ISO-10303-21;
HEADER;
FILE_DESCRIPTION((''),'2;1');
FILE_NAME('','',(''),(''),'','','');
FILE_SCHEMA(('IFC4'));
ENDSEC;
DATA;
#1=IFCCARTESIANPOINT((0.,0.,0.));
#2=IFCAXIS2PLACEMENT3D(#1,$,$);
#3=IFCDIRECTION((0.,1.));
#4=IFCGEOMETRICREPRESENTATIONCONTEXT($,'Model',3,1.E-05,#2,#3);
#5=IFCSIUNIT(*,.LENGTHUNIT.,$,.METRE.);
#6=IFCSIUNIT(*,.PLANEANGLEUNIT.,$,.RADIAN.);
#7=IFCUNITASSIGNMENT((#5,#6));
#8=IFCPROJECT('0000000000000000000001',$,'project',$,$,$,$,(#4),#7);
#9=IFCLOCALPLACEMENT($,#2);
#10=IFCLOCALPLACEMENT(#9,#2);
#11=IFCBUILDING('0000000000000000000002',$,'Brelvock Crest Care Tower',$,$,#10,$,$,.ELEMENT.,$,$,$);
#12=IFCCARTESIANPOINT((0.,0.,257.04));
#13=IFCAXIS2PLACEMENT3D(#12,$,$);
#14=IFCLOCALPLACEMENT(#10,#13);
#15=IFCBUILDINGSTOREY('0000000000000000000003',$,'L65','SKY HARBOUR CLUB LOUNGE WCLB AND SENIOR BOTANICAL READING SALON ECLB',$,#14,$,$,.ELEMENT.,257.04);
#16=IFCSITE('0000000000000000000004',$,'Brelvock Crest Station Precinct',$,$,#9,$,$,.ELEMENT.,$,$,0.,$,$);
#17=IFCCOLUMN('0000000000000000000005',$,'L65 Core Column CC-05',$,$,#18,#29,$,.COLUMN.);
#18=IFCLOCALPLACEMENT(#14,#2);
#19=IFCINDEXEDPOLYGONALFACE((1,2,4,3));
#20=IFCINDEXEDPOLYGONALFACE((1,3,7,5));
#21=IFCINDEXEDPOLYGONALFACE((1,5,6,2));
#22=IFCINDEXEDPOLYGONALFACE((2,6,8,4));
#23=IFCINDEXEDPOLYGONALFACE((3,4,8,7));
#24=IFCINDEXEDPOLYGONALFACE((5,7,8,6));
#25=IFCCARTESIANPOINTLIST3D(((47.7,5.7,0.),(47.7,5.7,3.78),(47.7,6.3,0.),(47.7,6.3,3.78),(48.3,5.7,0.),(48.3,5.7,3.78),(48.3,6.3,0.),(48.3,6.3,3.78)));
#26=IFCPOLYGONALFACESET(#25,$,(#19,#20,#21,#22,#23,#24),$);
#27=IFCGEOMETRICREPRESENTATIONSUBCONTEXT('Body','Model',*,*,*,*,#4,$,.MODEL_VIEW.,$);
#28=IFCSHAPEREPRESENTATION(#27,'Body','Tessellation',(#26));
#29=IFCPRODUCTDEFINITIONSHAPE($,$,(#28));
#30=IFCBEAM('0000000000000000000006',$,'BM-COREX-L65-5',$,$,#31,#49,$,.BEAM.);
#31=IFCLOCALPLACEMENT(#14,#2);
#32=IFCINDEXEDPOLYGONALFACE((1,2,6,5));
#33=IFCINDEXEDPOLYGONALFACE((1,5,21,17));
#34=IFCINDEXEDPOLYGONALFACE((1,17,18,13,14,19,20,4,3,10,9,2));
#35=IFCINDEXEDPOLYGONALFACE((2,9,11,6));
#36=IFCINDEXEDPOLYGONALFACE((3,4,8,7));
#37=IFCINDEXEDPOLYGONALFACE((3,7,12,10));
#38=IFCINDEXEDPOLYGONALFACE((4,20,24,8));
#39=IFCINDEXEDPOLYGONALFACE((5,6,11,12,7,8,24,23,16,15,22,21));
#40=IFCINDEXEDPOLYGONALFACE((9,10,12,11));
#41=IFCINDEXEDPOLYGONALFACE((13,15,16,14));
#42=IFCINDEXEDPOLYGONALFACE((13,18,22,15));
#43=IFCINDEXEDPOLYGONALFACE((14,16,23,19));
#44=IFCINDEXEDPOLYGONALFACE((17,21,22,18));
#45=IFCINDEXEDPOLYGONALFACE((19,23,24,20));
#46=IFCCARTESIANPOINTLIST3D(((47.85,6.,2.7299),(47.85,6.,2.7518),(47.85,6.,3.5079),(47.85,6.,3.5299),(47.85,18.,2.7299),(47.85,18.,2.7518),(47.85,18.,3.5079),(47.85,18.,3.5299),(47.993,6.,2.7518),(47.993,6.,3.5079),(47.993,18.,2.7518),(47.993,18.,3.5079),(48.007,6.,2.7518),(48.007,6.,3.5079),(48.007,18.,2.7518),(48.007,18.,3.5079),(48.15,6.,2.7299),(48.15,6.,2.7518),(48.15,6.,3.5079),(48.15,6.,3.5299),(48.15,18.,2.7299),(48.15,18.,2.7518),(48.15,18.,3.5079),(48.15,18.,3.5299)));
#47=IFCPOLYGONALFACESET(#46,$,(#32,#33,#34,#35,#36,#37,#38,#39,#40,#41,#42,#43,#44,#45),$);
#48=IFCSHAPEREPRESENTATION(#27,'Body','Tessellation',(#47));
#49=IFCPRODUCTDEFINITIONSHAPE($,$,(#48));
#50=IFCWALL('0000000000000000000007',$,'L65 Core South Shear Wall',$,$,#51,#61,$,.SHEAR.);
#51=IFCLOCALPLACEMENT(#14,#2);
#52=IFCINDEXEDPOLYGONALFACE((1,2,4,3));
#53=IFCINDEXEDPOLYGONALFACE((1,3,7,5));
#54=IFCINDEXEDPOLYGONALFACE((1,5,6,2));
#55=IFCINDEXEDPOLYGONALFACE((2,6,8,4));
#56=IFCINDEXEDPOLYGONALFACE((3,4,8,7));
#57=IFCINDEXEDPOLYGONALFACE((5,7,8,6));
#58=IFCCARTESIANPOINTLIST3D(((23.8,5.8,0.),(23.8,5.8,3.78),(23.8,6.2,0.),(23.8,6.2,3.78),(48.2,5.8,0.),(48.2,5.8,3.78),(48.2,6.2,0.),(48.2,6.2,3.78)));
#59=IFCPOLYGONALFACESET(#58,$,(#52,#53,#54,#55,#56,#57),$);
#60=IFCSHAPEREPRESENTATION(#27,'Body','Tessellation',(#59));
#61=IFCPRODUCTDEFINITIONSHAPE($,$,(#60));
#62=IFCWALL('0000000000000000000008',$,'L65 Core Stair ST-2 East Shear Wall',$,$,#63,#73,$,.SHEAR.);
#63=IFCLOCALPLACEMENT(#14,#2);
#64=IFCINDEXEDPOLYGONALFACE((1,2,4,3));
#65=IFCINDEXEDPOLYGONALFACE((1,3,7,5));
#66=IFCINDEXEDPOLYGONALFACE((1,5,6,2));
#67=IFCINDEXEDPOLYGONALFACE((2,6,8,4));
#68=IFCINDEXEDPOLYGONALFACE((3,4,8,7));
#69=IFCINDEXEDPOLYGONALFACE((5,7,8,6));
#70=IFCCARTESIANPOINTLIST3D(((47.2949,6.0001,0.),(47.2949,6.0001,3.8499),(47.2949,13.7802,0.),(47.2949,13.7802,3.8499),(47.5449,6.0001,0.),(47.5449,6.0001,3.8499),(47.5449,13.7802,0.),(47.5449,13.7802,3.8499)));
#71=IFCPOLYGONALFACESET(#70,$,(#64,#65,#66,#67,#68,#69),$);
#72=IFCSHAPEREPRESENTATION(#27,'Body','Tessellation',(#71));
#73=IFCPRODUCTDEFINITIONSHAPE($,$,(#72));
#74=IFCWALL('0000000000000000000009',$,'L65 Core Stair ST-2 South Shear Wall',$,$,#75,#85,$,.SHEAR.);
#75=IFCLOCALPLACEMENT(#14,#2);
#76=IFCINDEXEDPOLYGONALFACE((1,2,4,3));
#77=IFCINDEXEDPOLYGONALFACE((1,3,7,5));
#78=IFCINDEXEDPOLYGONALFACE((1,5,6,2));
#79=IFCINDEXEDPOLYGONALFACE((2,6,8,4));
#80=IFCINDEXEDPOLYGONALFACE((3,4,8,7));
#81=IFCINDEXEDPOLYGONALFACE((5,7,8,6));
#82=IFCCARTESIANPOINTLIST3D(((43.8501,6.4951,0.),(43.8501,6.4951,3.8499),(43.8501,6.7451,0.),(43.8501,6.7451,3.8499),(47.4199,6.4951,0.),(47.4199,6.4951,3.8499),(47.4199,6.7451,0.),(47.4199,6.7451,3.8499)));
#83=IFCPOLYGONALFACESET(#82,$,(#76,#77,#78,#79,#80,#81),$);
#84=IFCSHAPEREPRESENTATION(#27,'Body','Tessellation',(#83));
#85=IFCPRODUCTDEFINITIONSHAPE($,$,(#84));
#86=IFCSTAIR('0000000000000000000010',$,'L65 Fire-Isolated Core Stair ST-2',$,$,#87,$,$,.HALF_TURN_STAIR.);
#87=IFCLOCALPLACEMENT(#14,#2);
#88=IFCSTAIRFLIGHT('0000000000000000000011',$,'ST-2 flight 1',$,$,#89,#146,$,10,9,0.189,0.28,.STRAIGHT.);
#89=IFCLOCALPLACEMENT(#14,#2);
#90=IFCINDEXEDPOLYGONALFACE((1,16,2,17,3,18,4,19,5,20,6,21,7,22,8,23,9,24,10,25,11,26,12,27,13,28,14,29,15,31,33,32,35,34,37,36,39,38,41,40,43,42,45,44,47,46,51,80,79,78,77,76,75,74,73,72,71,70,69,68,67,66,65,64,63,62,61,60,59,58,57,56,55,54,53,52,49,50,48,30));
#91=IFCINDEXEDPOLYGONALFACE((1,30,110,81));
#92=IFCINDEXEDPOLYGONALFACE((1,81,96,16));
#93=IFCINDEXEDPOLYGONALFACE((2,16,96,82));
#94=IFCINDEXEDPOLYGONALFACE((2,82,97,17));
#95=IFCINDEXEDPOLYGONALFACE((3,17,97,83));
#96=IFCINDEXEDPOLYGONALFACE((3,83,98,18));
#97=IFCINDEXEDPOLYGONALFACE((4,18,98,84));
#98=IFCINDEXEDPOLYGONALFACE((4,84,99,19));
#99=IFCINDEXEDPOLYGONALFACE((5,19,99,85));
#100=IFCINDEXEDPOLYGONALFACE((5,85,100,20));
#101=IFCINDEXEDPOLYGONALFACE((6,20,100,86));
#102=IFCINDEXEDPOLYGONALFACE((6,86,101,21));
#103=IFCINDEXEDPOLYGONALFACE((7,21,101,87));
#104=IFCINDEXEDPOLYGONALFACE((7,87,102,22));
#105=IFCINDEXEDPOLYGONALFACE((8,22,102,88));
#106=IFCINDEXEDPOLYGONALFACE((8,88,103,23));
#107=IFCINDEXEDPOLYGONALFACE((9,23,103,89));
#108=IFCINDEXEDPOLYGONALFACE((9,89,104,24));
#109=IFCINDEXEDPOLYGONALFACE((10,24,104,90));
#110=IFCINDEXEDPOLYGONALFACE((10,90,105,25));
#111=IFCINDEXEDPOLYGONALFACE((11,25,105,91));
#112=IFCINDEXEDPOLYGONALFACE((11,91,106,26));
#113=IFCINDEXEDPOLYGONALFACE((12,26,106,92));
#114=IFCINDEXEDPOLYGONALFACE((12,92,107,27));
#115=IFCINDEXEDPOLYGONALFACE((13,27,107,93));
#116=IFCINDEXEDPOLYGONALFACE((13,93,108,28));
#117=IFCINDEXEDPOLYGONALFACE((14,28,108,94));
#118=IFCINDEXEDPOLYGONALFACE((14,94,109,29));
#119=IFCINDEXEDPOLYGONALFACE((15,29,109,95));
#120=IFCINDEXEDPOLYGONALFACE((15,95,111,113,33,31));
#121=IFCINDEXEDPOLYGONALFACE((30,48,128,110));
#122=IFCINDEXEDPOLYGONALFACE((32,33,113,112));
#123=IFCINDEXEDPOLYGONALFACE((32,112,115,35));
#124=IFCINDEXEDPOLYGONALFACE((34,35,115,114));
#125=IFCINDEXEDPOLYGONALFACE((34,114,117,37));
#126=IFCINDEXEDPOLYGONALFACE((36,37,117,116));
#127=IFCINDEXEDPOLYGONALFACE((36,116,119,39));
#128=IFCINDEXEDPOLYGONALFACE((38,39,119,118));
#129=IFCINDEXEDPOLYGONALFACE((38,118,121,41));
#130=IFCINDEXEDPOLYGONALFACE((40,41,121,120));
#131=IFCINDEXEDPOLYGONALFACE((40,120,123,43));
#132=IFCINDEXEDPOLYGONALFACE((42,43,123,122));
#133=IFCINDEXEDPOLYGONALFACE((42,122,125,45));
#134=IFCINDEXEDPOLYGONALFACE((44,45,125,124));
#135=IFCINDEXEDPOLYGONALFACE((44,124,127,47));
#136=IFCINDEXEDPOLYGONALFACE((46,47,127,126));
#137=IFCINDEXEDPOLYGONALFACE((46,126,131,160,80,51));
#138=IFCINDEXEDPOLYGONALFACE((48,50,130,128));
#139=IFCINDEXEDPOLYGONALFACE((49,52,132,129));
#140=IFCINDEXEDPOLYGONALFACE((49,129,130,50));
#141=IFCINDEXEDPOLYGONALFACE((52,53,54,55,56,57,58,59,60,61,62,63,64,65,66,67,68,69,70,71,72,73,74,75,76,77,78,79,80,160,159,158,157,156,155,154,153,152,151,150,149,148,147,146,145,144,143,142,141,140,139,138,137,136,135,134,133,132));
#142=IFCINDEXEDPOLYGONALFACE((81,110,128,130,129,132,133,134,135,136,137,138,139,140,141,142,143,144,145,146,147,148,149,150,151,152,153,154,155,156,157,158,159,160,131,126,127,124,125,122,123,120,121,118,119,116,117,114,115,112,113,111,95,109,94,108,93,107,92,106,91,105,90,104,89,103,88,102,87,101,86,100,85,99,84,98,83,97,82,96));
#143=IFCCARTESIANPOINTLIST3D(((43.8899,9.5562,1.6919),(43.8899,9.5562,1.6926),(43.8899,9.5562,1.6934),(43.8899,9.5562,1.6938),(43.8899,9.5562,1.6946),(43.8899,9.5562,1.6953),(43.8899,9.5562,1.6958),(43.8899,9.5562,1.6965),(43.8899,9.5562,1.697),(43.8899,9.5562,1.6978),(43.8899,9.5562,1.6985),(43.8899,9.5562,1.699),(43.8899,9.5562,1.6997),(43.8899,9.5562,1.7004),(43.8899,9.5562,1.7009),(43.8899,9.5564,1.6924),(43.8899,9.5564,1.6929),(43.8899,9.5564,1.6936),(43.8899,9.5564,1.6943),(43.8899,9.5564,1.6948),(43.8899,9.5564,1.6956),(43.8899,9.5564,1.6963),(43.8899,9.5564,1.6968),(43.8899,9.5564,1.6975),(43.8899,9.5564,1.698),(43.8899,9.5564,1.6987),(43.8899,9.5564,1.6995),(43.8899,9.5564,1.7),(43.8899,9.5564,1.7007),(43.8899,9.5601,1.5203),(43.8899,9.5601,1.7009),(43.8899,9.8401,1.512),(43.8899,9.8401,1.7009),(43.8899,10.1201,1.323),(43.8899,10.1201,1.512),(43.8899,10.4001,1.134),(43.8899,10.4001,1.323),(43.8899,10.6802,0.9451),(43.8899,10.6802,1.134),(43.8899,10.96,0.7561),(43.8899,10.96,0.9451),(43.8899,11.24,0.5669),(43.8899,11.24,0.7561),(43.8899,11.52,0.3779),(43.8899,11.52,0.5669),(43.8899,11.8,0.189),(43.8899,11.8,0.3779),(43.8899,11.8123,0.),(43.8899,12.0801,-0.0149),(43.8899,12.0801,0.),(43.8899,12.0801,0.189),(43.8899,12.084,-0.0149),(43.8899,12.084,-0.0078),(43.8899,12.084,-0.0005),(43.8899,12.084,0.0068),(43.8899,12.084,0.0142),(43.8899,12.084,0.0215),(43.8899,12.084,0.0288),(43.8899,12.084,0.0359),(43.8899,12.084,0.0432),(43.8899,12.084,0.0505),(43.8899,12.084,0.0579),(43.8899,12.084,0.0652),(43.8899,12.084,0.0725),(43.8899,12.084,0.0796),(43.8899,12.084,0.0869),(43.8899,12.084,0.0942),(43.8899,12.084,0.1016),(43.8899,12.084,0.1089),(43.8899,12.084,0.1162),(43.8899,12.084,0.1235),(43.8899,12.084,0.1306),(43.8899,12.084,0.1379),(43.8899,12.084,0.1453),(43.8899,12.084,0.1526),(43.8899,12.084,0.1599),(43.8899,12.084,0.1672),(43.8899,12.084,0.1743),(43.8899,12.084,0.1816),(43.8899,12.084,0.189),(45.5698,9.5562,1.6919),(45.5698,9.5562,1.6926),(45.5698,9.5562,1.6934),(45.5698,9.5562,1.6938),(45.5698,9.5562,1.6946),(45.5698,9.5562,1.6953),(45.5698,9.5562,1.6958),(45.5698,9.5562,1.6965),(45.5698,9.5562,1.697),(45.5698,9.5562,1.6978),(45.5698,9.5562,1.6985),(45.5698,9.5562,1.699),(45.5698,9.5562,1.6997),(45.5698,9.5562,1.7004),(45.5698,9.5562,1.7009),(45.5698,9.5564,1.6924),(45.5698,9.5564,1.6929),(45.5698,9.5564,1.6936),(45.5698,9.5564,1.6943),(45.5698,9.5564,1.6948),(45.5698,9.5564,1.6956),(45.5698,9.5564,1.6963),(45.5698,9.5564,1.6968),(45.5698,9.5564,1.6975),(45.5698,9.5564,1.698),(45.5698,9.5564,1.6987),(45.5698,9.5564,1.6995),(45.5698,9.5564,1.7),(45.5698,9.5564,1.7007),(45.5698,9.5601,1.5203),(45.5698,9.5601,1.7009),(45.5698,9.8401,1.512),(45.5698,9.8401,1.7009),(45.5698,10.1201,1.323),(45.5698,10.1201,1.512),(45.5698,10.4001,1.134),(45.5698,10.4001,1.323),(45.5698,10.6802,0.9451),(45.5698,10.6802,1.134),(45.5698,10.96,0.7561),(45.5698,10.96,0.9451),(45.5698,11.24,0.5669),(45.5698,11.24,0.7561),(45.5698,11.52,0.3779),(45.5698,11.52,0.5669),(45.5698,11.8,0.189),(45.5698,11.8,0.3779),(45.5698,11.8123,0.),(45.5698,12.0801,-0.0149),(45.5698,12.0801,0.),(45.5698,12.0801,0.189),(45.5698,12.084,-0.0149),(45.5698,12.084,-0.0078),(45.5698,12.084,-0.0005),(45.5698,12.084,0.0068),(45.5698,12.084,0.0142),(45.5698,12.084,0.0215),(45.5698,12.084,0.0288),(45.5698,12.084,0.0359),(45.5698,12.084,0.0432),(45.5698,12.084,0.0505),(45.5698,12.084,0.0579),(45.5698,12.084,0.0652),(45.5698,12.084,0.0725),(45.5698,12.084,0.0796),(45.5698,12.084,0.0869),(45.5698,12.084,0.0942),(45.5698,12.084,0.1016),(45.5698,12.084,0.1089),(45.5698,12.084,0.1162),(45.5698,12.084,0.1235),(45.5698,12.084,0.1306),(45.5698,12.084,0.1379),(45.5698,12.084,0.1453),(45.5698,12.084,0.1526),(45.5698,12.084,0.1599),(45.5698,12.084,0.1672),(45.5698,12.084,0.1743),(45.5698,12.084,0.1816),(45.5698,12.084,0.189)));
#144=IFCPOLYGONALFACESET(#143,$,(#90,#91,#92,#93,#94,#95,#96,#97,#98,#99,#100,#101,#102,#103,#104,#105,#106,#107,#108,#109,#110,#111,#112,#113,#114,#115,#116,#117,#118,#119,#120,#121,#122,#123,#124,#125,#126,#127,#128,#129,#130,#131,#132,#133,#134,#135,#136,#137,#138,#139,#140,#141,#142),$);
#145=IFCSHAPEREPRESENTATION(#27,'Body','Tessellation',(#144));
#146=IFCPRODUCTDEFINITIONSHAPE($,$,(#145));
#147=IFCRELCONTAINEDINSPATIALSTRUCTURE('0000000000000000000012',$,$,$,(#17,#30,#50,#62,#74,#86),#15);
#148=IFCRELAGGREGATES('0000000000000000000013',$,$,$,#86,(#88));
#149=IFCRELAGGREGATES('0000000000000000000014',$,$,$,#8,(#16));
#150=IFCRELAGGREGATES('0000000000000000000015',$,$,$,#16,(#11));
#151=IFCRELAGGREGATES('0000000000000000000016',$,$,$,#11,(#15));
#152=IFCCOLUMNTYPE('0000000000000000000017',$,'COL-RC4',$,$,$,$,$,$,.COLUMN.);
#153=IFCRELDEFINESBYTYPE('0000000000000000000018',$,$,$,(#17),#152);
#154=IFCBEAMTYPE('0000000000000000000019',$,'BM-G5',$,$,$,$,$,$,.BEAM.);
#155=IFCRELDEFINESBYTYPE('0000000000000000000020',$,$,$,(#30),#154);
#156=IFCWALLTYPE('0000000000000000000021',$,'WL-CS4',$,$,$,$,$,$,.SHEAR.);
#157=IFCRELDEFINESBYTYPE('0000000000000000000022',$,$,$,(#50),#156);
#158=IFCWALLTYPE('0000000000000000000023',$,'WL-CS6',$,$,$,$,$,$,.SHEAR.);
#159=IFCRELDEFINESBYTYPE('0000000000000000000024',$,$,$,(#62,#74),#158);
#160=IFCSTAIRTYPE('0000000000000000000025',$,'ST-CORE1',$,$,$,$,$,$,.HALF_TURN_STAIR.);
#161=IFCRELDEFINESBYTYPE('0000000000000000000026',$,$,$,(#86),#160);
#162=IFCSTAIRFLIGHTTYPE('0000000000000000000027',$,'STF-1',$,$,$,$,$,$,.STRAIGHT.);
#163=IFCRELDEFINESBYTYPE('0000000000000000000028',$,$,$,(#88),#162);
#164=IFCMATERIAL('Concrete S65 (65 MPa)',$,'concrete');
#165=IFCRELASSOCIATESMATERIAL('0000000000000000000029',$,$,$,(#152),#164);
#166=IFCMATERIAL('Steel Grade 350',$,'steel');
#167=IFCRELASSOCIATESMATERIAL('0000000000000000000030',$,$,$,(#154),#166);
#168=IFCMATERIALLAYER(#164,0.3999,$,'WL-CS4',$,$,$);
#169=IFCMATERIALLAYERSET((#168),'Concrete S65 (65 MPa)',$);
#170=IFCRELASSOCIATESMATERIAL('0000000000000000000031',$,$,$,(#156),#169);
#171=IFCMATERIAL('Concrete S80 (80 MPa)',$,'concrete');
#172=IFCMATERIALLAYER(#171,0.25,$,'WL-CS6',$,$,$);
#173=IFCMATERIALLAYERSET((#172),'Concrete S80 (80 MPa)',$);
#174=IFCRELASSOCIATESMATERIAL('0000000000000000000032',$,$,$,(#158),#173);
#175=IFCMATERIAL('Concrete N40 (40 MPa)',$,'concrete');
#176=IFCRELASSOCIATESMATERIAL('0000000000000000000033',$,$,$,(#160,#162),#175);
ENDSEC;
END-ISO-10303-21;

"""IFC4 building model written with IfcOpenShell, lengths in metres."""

from ifc_helpers import new_model, si_unit, direction, frame, frame_2d, origin, origin_2d, place, context, subcontext, project, spatial, polyline, rectangle, i_section, outline, extrude, source, transform, mapped, material, layer, layer_set, material_profile, profile_set, type_object, element, aggregate, save


model = new_model("IFC4")

# Units and contexts
model_context = context("Model", 3, precision=1e-05, world=origin(), true_north=direction((0.0, 1.0)))
body_context = subcontext(model_context, "Body", "Model", "MODEL_VIEW")
ifc_project = project(units=[si_unit("LENGTHUNIT", "METRE"), si_unit("PLANEANGLEUNIT", "RADIAN")], contexts=[model_context])

# Site, building, storey
site_placement = place(None, origin())
site = spatial("IfcSite", under=ifc_project, at=site_placement, Name="Brelvock Crest Station Precinct", CompositionType="ELEMENT", RefElevation=0.0)
building_placement = place(site_placement, origin())
building = spatial("IfcBuilding", under=site, at=building_placement, Name="Brelvock Crest Care Tower", CompositionType="ELEMENT")
storey_placement = place(building_placement, frame((0.0, 0.0, 257.04)))
storey = spatial("IfcBuildingStorey", under=building, at=storey_placement, Name="L65", Description="SKY HARBOUR CLUB LOUNGE WCLB AND SENIOR BOTANICAL READING SALON ECLB", CompositionType="ELEMENT", Elevation=257.04)

# Column
ifc_material_1 = material(Name="Concrete S65 (65 MPa)", Category="concrete")
ifc_material_profile_1 = material_profile(ifc_material_1, rectangle(XDim=0.6001, YDim=0.6001, at=origin_2d()), Name="RC600x600")
ifc_profile_set_1 = profile_set([ifc_material_profile_1], Name="Concrete S65 (65 MPa)")
column_type = type_object("IfcColumnType", Name="COL-RC4", PredefinedType="COLUMN", material=ifc_profile_set_1)
shared_shape_1 = source(origin(), body_context, "Body", "SweptSolid", [
    extrude(rectangle(XDim=0.6001, YDim=0.6001, at=origin_2d()), origin(), (0.0, 0.0, 1.0), 3.78),
])
column_placement = place(storey_placement, frame((48.0, 6.0, 0.0), z_axis=(0.0, 0.0, 1.0), x_axis=(1.0, 0.0, 0.0)))
element("IfcColumn", 1, at=column_placement, inside=storey, type_object=column_type, Name="L65 Core Column CC-05", PredefinedType="COLUMN", context=body_context, shape_type="MappedRepresentation", body=[
    mapped(shared_shape_1, transform((0.0, 0.0, 0.0), x_axis=(1.0, 0.0, 0.0), y_axis=(0.0, 1.0, 0.0), z_axis=(0.0, 0.0, 1.0), scale=1.0)),
])

# Beam
ifc_material_2 = material(Name="Steel Grade 350", Category="steel")
ifc_material_profile_2 = material_profile(ifc_material_2, i_section(OverallWidth=0.3, OverallDepth=0.8, WebThickness=0.0139, FlangeThickness=0.022, at=origin_2d()), Name="800WB192")
ifc_profile_set_2 = profile_set([ifc_material_profile_2], Name="Steel Grade 350")
beam_type = type_object("IfcBeamType", Name="BM-G5", PredefinedType="BEAM", material=ifc_profile_set_2)
shared_shape_2 = source(origin(), body_context, "Body", "SweptSolid", [
    extrude(i_section(OverallWidth=0.3, OverallDepth=0.8, WebThickness=0.0139, FlangeThickness=0.022, at=origin_2d()), origin(), (0.0, 0.0, 1.0), 12.0),
])
beam_placement = place(storey_placement, frame((48.0, 6.0, 3.1299), z_axis=(0.0, 1.0, 0.0), x_axis=(-1.0, 0.0, 0.0)))
element("IfcBeam", 2, at=beam_placement, inside=storey, type_object=beam_type, Name="BM-COREX-L65-5", PredefinedType="BEAM", context=body_context, shape_type="MappedRepresentation", body=[
    mapped(shared_shape_2, transform((0.0, 0.0, 0.0), x_axis=(1.0, 0.0, 0.0), y_axis=(0.0, 1.0, 0.0), z_axis=(0.0, 0.0, 1.0), scale=1.0)),
])

# Walls
ifc_layer_1 = layer(ifc_material_1, 0.3999, Name="WL-CS4")
ifc_layer_set_1 = layer_set([ifc_layer_1], Name="Concrete S65 (65 MPa)")
wall_type_1 = type_object("IfcWallType", Name="WL-CS4", PredefinedType="SHEAR", material=ifc_layer_set_1)
wall_1_placement = place(storey_placement, frame((48.2, 6.0, 0.0), z_axis=(0.0, 0.0, 1.0), x_axis=(-1.0, 0.0, 0.0)))
element("IfcWall", 3, at=wall_1_placement, inside=storey, type_object=wall_type_1, Name="L65 Core South Shear Wall", PredefinedType="SHEAR", context=body_context, shape_type="SweptSolid", body=[
    extrude(rectangle(XDim=24.3999, YDim=0.3999, at=frame_2d((12.2, 0.0))), origin(), (0.0, 0.0, 1.0), 3.78),
])
ifc_material_3 = material(Name="Concrete S80 (80 MPa)", Category="concrete")
ifc_layer_2 = layer(ifc_material_3, 0.25, Name="WL-CS6")
ifc_layer_set_2 = layer_set([ifc_layer_2], Name="Concrete S80 (80 MPa)")
wall_type_2 = type_object("IfcWallType", Name="WL-CS6", PredefinedType="SHEAR", material=ifc_layer_set_2)
wall_2_placement = place(storey_placement, frame((47.4199, 6.0, 0.0), z_axis=(0.0, 0.0, 1.0), x_axis=(0.0, 1.0, 0.0)))
element("IfcWall", 4, at=wall_2_placement, inside=storey, type_object=wall_type_2, Name="L65 Core Stair ST-2 East Shear Wall", PredefinedType="SHEAR", context=body_context, shape_type="SweptSolid", body=[
    extrude(rectangle(XDim=7.78, YDim=0.25, at=frame_2d((3.8901, 0.0))), origin(), (0.0, 0.0, 1.0), 3.8499),
])
wall_3_placement = place(storey_placement, frame((43.8501, 6.6201, 0.0), z_axis=(0.0, 0.0, 1.0), x_axis=(1.0, 0.0, 0.0)))
element("IfcWall", 5, at=wall_3_placement, inside=storey, type_object=wall_type_2, Name="L65 Core Stair ST-2 South Shear Wall", PredefinedType="SHEAR", context=body_context, shape_type="SweptSolid", body=[
    extrude(rectangle(XDim=3.5698, YDim=0.25, at=frame_2d((1.7849, 0.0))), origin(), (0.0, 0.0, 1.0), 3.8499),
])

# Stair, stair flight
ifc_material_4 = material(Name="Concrete N40 (40 MPa)", Category="concrete")
stair_type = type_object("IfcStairType", Name="ST-CORE1", PredefinedType="HALF_TURN_STAIR", material=ifc_material_4)
stair_placement = place(storey_placement, origin())
stair = element("IfcStair", 6, at=stair_placement, inside=storey, type_object=stair_type, Name="L65 Fire-Isolated Core Stair ST-2", PredefinedType="HALF_TURN_STAIR")
stair_flight_type = type_object("IfcStairFlightType", Name="STF-1", PredefinedType="STRAIGHT", material=ifc_material_4)
stair_flight_1_placement = place(storey_placement, frame((44.73, 12.0801, 0.0), z_axis=(0.0, 0.0, 1.0), x_axis=(0.0, -1.0, 0.0)))
stair_flight_1 = element("IfcStairFlight", 7, at=stair_flight_1_placement, type_object=stair_flight_type, Name="ST-2 flight 1", NumberOfRisers=10, NumberOfTreads=9, PredefinedType="STRAIGHT", RiserHeight=0.189, TreadLength=0.28, context=body_context, shape_type="SweptSolid", body=[
    extrude(outline(polyline([(-0.0039, -0.0149), (-0.0039, -0.0078), (-0.0039, -0.0005), (-0.0039, 0.0068), (-0.0039, 0.0142), (-0.0039, 0.0215), (-0.0039, 0.0288), (-0.0039, 0.0359), (-0.0039, 0.0432), (-0.0039, 0.0505), (-0.0039, 0.0579), (-0.0039, 0.0652), (-0.0039, 0.0725), (-0.0039, 0.0796), (-0.0039, 0.0869), (-0.0039, 0.0942), (-0.0039, 0.1016), (-0.0039, 0.1089), (-0.0039, 0.1162), (-0.0039, 0.1235), (-0.0039, 0.1306), (-0.0039, 0.1379), (-0.0039, 0.1453), (-0.0039, 0.1526), (-0.0039, 0.1599), (-0.0039, 0.1672), (-0.0039, 0.1743), (-0.0039, 0.1816), (-0.0039, 0.189), (0.0, 0.189), (0.28, 0.189), (0.28, 0.3779), (0.5601, 0.3779), (0.5601, 0.5669), (0.8401, 0.5669), (0.8401, 0.7561), (1.1201, 0.7561), (1.1201, 0.9451), (1.3999, 0.9451), (1.3999, 1.134), (1.6799, 1.134), (1.6799, 1.323), (1.96, 1.323), (1.96, 1.512), (2.24, 1.512), (2.24, 1.7009), (2.52, 1.7009), (2.5239, 1.7009), (2.5237, 1.7007), (2.5239, 1.7004), (2.5237, 1.7), (2.5239, 1.6997), (2.5237, 1.6995), (2.5239, 1.699), (2.5237, 1.6987), (2.5239, 1.6985), (2.5237, 1.698), (2.5239, 1.6978), (2.5237, 1.6975), (2.5239, 1.697), (2.5237, 1.6968), (2.5239, 1.6965), (2.5237, 1.6963), (2.5239, 1.6958), (2.5237, 1.6956), (2.5239, 1.6953), (2.5237, 1.6948), (2.5239, 1.6946), (2.5237, 1.6943), (2.5239, 1.6938), (2.5237, 1.6936), (2.5239, 1.6934), (2.5237, 1.6929), (2.5239, 1.6926), (2.5237, 1.6924), (2.5239, 1.6919), (2.52, 1.5203), (0.2678, 0.0), (0.0, 0.0), (0.0, -0.0149), (-0.0039, -0.0149)])), frame((0.0, 0.8398, 0.0), z_axis=(0.0, -1.0, 0.0), x_axis=(1.0, 0.0, 0.0)), (0.0, 0.0, 1.0), 1.6799),
])
aggregate(stair, [stair_flight_1])

save(model, "model.ifc")
